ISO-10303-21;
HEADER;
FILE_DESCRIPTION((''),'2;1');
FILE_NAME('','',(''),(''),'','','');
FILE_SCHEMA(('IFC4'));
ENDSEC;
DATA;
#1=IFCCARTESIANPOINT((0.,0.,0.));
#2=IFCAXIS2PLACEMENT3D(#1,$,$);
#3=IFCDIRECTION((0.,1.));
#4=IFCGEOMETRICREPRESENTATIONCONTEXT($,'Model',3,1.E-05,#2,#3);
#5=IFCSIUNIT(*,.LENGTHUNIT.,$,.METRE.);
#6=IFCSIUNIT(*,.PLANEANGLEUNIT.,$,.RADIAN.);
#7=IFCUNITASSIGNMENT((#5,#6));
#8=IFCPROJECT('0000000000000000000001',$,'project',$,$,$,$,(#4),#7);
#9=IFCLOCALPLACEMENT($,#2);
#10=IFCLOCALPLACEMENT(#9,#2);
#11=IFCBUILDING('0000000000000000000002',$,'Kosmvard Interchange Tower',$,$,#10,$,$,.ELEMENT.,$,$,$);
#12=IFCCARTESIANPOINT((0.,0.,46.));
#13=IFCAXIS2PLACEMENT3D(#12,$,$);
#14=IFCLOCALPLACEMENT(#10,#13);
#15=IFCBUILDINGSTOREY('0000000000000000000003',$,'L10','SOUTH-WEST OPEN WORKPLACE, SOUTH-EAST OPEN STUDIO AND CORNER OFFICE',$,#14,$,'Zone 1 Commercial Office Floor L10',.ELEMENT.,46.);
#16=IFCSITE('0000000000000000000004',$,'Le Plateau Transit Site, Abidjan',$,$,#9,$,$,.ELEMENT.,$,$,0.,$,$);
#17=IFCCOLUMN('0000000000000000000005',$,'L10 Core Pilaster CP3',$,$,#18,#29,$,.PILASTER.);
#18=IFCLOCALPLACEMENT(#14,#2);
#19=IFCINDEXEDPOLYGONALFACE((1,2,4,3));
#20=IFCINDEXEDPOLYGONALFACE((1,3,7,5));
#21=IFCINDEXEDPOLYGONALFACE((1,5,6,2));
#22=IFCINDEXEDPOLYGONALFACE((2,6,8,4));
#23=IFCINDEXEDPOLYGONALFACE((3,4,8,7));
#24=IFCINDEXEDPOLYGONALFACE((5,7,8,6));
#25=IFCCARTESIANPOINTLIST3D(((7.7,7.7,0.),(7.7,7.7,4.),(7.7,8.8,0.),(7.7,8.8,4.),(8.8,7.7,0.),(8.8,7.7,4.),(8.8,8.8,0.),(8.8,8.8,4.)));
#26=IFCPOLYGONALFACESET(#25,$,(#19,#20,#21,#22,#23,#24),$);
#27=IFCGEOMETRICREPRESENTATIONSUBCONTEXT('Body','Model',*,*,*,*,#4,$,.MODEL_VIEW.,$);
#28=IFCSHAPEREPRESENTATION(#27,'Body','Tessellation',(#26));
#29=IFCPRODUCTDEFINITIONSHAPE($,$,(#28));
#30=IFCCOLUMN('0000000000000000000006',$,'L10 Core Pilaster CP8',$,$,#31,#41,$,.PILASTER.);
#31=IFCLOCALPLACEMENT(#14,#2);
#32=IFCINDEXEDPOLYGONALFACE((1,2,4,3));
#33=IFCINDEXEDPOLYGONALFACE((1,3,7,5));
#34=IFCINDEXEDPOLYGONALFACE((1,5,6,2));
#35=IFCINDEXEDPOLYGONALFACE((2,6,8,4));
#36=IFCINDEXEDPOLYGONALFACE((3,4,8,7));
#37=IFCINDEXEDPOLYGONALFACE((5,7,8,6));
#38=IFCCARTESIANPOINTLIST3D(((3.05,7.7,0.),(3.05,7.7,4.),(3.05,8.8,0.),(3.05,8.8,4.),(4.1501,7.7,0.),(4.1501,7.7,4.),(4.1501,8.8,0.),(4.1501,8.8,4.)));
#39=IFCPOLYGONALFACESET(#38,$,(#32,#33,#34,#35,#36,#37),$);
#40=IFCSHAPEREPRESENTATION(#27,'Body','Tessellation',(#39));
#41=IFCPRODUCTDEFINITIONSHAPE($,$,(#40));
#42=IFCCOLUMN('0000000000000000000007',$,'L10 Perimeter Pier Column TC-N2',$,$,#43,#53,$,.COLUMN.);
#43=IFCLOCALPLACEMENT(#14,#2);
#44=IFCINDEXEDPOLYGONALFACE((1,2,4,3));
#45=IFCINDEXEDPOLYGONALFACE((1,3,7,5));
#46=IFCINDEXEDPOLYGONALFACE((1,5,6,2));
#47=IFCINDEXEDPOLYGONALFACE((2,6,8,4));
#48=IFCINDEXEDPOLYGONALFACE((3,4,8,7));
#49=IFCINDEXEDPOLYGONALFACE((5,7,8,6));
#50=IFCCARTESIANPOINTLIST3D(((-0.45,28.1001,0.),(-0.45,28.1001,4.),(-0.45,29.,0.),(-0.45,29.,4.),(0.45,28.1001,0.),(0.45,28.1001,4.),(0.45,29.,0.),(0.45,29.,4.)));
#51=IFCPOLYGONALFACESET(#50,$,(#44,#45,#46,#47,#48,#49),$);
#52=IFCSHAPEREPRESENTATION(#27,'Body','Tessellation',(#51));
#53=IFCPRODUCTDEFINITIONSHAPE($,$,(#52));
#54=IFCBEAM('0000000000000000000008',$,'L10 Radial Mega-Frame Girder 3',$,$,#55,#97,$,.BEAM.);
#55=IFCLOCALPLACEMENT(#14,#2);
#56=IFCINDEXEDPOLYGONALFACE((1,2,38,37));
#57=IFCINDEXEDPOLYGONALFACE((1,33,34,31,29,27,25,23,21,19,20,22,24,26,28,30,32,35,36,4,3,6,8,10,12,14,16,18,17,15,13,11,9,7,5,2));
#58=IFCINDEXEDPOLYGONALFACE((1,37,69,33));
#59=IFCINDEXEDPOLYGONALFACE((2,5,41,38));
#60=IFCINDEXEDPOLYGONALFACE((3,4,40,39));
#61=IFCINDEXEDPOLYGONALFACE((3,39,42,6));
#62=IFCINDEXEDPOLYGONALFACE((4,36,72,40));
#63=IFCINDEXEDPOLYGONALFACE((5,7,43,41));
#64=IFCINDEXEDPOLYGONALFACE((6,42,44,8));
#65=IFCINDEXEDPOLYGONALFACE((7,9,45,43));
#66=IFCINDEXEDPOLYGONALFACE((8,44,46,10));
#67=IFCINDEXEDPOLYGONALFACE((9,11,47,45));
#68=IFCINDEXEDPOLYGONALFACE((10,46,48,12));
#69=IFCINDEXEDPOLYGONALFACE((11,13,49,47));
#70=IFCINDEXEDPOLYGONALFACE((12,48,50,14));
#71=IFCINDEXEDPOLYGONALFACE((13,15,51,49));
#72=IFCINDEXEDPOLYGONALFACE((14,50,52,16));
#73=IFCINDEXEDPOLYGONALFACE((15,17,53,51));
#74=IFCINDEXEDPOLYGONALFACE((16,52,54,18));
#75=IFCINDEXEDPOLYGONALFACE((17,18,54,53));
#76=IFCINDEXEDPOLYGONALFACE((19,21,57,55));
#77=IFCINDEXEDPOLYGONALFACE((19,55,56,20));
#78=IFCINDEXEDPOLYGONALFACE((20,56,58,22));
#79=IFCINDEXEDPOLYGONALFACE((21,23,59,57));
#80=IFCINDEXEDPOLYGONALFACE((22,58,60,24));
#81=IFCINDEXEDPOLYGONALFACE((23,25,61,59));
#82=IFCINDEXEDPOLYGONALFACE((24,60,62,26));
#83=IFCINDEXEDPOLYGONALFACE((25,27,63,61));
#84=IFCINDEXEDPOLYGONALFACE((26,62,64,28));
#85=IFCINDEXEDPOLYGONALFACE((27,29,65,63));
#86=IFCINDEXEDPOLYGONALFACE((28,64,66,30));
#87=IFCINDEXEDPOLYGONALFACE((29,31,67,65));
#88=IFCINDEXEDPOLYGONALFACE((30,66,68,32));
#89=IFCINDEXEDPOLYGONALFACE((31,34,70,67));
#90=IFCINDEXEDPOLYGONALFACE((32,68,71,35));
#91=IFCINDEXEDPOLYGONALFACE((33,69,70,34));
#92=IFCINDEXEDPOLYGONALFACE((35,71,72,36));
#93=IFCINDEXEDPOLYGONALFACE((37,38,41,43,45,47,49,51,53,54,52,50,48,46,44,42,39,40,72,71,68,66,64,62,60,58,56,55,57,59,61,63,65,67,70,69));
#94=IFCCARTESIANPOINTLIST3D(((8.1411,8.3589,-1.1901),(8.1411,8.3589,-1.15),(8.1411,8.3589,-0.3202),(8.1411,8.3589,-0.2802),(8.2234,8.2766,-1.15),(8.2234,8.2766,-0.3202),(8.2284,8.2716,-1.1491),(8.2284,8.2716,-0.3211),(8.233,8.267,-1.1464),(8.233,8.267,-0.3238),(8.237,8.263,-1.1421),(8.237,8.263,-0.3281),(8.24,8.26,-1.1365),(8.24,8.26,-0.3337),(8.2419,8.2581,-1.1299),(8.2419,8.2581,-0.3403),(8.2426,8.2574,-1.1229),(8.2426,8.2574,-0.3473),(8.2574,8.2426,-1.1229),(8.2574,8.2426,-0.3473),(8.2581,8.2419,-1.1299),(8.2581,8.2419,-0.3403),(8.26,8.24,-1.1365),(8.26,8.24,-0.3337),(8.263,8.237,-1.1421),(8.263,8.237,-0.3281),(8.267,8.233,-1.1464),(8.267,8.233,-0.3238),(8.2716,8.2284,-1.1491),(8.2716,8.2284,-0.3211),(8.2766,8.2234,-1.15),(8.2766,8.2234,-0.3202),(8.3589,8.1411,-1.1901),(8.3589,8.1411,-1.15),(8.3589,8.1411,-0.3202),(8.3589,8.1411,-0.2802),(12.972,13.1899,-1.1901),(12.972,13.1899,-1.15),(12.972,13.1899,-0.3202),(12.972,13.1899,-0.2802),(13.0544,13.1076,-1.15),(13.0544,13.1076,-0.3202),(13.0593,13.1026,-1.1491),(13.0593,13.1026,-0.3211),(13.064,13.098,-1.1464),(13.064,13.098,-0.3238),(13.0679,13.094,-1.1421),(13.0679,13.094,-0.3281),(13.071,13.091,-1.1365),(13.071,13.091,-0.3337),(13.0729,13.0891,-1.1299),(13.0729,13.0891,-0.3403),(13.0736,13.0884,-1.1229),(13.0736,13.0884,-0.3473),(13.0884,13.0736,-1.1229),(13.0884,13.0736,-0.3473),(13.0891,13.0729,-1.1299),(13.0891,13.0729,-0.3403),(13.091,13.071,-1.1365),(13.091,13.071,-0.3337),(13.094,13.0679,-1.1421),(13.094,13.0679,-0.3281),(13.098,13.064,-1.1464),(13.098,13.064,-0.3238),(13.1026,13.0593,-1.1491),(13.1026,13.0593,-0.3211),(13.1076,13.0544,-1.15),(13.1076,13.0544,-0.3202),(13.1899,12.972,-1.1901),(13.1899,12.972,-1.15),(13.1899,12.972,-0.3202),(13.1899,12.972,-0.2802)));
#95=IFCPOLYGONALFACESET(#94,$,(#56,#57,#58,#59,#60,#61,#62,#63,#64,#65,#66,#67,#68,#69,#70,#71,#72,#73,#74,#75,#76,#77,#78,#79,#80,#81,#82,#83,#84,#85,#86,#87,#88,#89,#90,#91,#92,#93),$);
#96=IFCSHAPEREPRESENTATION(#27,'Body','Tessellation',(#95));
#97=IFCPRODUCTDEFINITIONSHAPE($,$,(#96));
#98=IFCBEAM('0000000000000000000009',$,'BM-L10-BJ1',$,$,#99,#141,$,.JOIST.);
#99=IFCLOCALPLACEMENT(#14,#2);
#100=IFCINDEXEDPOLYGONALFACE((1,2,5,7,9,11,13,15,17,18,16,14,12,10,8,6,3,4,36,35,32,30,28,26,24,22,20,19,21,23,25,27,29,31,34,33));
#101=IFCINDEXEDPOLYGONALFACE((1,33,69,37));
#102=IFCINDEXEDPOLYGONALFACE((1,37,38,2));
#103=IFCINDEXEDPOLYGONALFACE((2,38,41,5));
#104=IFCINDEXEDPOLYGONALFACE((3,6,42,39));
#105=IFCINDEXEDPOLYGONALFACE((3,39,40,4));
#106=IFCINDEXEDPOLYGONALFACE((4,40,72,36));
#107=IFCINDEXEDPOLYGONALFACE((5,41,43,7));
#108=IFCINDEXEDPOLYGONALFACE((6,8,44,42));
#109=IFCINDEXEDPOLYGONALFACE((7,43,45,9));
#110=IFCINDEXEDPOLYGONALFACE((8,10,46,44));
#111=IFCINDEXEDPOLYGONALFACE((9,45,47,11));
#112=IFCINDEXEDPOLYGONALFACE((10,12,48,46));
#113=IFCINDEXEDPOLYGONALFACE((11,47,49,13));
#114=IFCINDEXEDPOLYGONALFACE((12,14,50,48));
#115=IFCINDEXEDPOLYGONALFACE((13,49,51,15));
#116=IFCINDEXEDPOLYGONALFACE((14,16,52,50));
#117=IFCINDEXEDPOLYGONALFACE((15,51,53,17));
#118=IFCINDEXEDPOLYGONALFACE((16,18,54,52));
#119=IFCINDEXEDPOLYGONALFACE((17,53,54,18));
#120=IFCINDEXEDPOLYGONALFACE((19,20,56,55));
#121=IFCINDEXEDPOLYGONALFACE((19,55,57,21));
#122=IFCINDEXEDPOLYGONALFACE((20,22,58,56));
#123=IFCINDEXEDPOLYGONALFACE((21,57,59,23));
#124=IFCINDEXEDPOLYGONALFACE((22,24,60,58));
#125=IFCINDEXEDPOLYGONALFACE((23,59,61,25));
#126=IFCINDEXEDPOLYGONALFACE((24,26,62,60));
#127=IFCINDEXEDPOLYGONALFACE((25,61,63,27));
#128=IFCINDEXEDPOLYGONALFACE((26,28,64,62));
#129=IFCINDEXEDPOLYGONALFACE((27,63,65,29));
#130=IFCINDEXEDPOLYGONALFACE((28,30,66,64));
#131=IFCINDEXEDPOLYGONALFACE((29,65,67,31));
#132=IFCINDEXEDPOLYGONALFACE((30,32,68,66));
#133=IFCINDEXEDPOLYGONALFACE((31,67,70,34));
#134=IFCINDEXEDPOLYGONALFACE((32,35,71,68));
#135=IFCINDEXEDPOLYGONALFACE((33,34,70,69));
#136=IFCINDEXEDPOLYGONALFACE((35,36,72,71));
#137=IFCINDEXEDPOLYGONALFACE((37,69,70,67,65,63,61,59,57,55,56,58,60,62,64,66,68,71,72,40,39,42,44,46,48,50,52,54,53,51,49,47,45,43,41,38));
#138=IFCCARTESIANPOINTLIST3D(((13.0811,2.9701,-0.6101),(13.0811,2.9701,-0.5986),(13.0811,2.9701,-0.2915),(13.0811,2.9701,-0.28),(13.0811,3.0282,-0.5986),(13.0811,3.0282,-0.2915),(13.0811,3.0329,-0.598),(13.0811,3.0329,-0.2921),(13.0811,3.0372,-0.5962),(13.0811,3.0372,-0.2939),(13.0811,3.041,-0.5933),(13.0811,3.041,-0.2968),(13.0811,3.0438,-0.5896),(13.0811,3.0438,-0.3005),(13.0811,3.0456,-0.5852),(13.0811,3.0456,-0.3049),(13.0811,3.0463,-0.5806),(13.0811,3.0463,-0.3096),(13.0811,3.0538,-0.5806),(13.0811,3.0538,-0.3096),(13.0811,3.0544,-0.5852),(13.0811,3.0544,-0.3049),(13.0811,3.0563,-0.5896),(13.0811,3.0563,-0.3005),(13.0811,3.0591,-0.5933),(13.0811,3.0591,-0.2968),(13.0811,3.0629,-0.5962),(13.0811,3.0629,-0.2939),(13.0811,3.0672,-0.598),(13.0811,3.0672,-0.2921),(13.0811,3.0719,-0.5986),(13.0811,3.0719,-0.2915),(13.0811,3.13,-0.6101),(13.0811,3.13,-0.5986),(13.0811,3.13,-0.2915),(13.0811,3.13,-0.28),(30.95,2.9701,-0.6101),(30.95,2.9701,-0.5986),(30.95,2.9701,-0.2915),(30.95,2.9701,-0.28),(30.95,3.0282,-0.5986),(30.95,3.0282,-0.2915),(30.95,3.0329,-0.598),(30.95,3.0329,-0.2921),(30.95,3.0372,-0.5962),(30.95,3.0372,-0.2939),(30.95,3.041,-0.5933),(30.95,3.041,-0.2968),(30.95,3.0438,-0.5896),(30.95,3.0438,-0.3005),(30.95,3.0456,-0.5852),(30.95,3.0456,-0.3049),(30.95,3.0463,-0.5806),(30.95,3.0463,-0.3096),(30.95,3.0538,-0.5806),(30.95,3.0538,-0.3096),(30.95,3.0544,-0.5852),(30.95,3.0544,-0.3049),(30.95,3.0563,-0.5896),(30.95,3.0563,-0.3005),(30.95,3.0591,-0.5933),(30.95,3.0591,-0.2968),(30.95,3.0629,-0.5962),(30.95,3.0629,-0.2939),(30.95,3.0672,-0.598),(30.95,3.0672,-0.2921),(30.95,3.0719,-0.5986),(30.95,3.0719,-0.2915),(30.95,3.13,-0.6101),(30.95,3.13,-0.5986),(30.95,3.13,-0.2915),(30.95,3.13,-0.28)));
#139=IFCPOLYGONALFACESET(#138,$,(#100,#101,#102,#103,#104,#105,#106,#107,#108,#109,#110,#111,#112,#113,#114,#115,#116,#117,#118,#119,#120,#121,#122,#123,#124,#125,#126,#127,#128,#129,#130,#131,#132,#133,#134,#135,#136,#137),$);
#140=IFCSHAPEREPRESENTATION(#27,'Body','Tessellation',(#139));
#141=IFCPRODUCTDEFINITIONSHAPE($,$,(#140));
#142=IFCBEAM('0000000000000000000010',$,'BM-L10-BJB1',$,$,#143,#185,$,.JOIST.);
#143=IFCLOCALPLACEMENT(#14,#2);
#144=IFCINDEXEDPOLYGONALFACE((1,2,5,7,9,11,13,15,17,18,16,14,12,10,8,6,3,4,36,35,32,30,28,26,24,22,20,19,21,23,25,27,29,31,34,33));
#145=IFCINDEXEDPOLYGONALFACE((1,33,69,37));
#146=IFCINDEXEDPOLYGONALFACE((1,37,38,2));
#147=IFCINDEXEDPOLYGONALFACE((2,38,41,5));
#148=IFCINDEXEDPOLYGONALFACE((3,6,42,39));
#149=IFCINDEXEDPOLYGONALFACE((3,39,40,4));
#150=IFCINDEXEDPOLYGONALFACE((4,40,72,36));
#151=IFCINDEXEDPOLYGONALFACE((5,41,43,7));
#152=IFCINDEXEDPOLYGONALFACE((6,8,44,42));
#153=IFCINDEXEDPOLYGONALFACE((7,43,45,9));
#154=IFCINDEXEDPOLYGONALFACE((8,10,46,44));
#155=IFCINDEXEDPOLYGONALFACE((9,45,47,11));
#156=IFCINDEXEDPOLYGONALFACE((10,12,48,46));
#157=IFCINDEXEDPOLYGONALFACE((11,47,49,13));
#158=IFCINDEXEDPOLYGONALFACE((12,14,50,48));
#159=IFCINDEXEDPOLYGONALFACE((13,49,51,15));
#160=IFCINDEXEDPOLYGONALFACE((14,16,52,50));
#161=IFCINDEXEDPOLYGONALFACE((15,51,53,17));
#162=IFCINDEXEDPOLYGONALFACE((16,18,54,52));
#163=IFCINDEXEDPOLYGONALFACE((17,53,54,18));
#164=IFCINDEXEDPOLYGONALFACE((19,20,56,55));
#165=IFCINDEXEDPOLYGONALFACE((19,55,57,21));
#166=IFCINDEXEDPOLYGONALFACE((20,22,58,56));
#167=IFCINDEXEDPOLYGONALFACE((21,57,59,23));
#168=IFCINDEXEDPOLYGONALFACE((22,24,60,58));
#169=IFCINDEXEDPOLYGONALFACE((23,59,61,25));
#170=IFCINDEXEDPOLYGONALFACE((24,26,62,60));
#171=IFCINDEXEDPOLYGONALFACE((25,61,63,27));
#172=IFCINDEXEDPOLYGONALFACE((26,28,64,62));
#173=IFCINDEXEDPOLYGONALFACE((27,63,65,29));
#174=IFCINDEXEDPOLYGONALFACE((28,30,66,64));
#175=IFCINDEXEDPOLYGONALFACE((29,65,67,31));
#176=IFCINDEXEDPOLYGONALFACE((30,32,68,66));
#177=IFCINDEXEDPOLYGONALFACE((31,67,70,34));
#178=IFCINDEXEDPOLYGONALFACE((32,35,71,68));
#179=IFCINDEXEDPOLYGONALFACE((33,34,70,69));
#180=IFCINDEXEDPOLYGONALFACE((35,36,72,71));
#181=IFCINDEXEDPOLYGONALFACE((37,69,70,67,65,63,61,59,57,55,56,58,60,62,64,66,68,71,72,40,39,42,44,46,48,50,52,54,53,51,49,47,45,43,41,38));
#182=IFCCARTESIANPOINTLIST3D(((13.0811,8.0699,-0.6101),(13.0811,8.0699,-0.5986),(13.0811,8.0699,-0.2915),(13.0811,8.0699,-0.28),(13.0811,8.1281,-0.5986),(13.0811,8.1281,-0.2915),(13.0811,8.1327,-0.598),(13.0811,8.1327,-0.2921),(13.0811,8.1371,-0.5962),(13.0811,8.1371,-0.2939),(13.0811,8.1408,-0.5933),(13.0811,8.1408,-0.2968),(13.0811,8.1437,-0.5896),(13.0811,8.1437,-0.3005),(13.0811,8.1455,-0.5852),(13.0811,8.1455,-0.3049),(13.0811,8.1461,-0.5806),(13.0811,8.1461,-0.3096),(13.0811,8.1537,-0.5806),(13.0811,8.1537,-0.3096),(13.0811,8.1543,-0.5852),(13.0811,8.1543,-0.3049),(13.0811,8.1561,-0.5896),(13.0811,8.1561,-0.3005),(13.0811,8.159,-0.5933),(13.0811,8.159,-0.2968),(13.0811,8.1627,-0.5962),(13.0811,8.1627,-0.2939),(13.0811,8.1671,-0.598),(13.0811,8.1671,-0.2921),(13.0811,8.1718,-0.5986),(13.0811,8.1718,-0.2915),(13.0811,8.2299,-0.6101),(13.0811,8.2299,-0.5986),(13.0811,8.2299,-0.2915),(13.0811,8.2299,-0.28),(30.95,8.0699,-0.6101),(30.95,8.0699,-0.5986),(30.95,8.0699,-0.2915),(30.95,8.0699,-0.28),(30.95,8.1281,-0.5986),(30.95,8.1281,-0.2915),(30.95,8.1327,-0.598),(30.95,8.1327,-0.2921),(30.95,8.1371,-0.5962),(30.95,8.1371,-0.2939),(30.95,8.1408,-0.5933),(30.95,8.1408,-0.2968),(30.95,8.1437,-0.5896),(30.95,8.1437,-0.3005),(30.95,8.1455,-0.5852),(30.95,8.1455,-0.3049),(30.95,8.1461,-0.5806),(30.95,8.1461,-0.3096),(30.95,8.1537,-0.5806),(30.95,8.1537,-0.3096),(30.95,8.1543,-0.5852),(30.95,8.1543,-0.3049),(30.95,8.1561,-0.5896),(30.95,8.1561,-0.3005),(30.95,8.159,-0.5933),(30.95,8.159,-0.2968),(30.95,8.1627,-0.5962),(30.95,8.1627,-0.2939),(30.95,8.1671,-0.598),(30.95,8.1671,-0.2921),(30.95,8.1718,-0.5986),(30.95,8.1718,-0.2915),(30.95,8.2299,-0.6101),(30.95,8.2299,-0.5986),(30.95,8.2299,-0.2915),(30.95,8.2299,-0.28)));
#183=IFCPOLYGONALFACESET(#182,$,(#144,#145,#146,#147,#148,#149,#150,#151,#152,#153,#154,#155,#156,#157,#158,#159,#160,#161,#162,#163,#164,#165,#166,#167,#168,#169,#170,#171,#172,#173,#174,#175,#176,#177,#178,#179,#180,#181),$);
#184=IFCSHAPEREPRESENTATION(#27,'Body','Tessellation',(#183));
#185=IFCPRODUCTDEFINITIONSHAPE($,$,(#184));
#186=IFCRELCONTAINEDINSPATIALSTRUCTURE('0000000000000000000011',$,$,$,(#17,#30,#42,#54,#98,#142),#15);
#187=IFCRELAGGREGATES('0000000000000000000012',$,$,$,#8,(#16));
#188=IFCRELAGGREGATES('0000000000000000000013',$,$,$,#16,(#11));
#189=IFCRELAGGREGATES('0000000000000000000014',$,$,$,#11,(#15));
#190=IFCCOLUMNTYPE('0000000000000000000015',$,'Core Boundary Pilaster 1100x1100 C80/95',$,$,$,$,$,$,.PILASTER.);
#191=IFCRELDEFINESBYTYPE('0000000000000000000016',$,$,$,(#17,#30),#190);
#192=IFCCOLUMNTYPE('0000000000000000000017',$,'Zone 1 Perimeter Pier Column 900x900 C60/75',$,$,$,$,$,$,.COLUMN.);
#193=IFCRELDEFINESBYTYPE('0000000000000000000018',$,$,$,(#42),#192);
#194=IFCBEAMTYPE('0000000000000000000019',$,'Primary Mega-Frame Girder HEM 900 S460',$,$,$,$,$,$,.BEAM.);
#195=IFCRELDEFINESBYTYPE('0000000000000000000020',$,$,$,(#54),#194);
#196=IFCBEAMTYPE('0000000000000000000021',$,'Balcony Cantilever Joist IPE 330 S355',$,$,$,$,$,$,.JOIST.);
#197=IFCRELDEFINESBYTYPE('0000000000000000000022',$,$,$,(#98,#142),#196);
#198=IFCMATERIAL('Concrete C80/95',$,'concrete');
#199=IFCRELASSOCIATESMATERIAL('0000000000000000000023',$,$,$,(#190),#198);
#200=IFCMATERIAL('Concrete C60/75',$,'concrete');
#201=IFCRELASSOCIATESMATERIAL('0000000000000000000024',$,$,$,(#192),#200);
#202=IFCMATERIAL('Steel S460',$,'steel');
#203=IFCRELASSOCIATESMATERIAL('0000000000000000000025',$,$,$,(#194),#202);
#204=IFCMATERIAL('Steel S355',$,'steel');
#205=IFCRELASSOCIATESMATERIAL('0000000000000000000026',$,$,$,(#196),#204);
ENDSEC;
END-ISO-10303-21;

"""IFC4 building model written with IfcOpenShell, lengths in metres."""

from ifc_helpers import new_model, si_unit, direction, frame, origin, origin_2d, place, context, subcontext, project, spatial, rectangle, i_section, extrude, source, transform, mapped, material, material_profile, profile_set, type_object, element, save


model = new_model("IFC4")

# Units and contexts
model_context = context("Model", 3, precision=1e-05, world=origin(), true_north=direction((0.0, 1.0)))
body_context = subcontext(model_context, "Body", "Model", "MODEL_VIEW")
ifc_project = project(units=[si_unit("LENGTHUNIT", "METRE"), si_unit("PLANEANGLEUNIT", "RADIAN")], contexts=[model_context])

# Site, building, storey
site_placement = place(None, origin())
site = spatial("IfcSite", under=ifc_project, at=site_placement, Name="Le Plateau Transit Site, Abidjan", CompositionType="ELEMENT", RefElevation=0.0)
building_placement = place(site_placement, origin())
building = spatial("IfcBuilding", under=site, at=building_placement, Name="Kosmvard Interchange Tower", CompositionType="ELEMENT")
storey_placement = place(building_placement, frame((0.0, 0.0, 46.0)))
storey = spatial("IfcBuildingStorey", under=building, at=storey_placement, Name="L10", Description="SOUTH-WEST OPEN WORKPLACE, SOUTH-EAST OPEN STUDIO AND CORNER OFFICE", LongName="Zone 1 Commercial Office Floor L10", CompositionType="ELEMENT", Elevation=46.0)

# Columns
ifc_material_1 = material(Name="Concrete C80/95", Category="concrete")
ifc_material_profile_1 = material_profile(ifc_material_1, rectangle(XDim=1.1001, YDim=1.1001, at=origin_2d()), Name="CP 1100x1100")
ifc_profile_set_1 = profile_set([ifc_material_profile_1], Name="Concrete C80/95")
column_type_1 = type_object("IfcColumnType", Name="Core Boundary Pilaster 1100x1100 C80/95", PredefinedType="PILASTER", material=ifc_profile_set_1)
shared_shape_1 = source(origin(), body_context, "Body", "SweptSolid", [
    extrude(rectangle(XDim=1.1001, YDim=1.1001, at=origin_2d()), origin(), (0.0, 0.0, 1.0), 4.0),
])
for number, where, z_axis, x_axis, name in (
    (1, (8.25, 8.25, 0.0), (0.0, 0.0, 1.0), (1.0, 0.0, 0.0), "L10 Core Pilaster CP3"),
    (2, (3.6001, 8.25, 0.0), (0.0, 0.0, 1.0), (1.0, 0.0, 0.0), "L10 Core Pilaster CP8"),
):
    element("IfcColumn", number, at=place(storey_placement, frame(where, z_axis=z_axis, x_axis=x_axis)), inside=storey, type_object=column_type_1, Name=name, PredefinedType="PILASTER", context=body_context, shape_type="MappedRepresentation", body=[
        mapped(shared_shape_1, transform((0.0, 0.0, 0.0), scale=1.0)),
    ])
ifc_material_2 = material(Name="Concrete C60/75", Category="concrete")
ifc_material_profile_2 = material_profile(ifc_material_2, rectangle(XDim=0.8999, YDim=0.8999, at=origin_2d()), Name="TC 900x900")
ifc_profile_set_2 = profile_set([ifc_material_profile_2], Name="Concrete C60/75")
column_type_2 = type_object("IfcColumnType", Name="Zone 1 Perimeter Pier Column 900x900 C60/75", PredefinedType="COLUMN", material=ifc_profile_set_2)
shared_shape_2 = source(origin(), body_context, "Body", "SweptSolid", [
    extrude(rectangle(XDim=0.8999, YDim=0.8999, at=origin_2d()), origin(), (0.0, 0.0, 1.0), 4.0),
])
column_placement = place(storey_placement, frame((0.0, 28.55, 0.0), z_axis=(0.0, 0.0, 1.0), x_axis=(1.0, 0.0, 0.0)))
element("IfcColumn", 3, at=column_placement, inside=storey, type_object=column_type_2, Name="L10 Perimeter Pier Column TC-N2", PredefinedType="COLUMN", context=body_context, shape_type="MappedRepresentation", body=[
    mapped(shared_shape_2, transform((0.0, 0.0, 0.0), scale=1.0)),
])

# Beams
ifc_material_3 = material(Name="Steel S460", Category="steel")
ifc_material_profile_3 = material_profile(ifc_material_3, i_section(OverallWidth=0.3081, OverallDepth=0.9099, WebThickness=0.021, FlangeThickness=0.04, FilletRadius=0.0271, at=origin_2d()), Name="HEM 900")
ifc_profile_set_3 = profile_set([ifc_material_profile_3], Name="Steel S460")
beam_type_1 = type_object("IfcBeamType", Name="Primary Mega-Frame Girder HEM 900 S460", PredefinedType="BEAM", material=ifc_profile_set_3)
shared_shape_3 = source(origin(), body_context, "Body", "SweptSolid", [
    extrude(i_section(OverallWidth=0.3081, OverallDepth=0.9099, WebThickness=0.021, FlangeThickness=0.04, FilletRadius=0.0271, at=origin_2d()), origin(), (0.0, 0.0, 1.0), 6.832),
])
beam_1_placement = place(storey_placement, frame((8.25, 8.25, -0.7351), z_axis=(0.707107, 0.707107, 0.0), x_axis=(-0.707107, 0.707107, 0.0)))
element("IfcBeam", 4, at=beam_1_placement, inside=storey, type_object=beam_type_1, Name="L10 Radial Mega-Frame Girder 3", PredefinedType="BEAM", context=body_context, shape_type="MappedRepresentation", body=[
    mapped(shared_shape_3, transform((0.0, 0.0, 0.0), scale=1.0)),
])
ifc_material_4 = material(Name="Steel S355", Category="steel")
ifc_material_profile_4 = material_profile(ifc_material_4, i_section(OverallWidth=0.1599, OverallDepth=0.3301, WebThickness=0.0076, FlangeThickness=0.0115, FilletRadius=0.0181, at=origin_2d()), Name="IPE 330")
ifc_profile_set_4 = profile_set([ifc_material_profile_4], Name="Steel S355")
beam_type_2 = type_object("IfcBeamType", Name="Balcony Cantilever Joist IPE 330 S355", PredefinedType="JOIST", material=ifc_profile_set_4)
shared_shape_4 = source(origin(), body_context, "Body", "SweptSolid", [
    extrude(i_section(OverallWidth=0.1599, OverallDepth=0.3301, WebThickness=0.0076, FlangeThickness=0.0115, FilletRadius=0.0181, at=origin_2d()), origin(), (0.0, 0.0, 1.0), 17.8689),
])
for number, where, z_axis, x_axis, name in (
    (5, (13.0811, 3.05, -0.4451), (1.0, 0.0, 0.0), (0.0, 1.0, 0.0), "BM-L10-BJ1"),
    (6, (13.0811, 8.1499, -0.4451), (1.0, 0.0, 0.0), (0.0, 1.0, 0.0), "BM-L10-BJB1"),
):
    element("IfcBeam", number, at=place(storey_placement, frame(where, z_axis=z_axis, x_axis=x_axis)), inside=storey, type_object=beam_type_2, Name=name, PredefinedType="JOIST", context=body_context, shape_type="MappedRepresentation", body=[
        mapped(shared_shape_4, transform((0.0, 0.0, 0.0), scale=1.0)),
    ])

save(model, "model.ifc")
